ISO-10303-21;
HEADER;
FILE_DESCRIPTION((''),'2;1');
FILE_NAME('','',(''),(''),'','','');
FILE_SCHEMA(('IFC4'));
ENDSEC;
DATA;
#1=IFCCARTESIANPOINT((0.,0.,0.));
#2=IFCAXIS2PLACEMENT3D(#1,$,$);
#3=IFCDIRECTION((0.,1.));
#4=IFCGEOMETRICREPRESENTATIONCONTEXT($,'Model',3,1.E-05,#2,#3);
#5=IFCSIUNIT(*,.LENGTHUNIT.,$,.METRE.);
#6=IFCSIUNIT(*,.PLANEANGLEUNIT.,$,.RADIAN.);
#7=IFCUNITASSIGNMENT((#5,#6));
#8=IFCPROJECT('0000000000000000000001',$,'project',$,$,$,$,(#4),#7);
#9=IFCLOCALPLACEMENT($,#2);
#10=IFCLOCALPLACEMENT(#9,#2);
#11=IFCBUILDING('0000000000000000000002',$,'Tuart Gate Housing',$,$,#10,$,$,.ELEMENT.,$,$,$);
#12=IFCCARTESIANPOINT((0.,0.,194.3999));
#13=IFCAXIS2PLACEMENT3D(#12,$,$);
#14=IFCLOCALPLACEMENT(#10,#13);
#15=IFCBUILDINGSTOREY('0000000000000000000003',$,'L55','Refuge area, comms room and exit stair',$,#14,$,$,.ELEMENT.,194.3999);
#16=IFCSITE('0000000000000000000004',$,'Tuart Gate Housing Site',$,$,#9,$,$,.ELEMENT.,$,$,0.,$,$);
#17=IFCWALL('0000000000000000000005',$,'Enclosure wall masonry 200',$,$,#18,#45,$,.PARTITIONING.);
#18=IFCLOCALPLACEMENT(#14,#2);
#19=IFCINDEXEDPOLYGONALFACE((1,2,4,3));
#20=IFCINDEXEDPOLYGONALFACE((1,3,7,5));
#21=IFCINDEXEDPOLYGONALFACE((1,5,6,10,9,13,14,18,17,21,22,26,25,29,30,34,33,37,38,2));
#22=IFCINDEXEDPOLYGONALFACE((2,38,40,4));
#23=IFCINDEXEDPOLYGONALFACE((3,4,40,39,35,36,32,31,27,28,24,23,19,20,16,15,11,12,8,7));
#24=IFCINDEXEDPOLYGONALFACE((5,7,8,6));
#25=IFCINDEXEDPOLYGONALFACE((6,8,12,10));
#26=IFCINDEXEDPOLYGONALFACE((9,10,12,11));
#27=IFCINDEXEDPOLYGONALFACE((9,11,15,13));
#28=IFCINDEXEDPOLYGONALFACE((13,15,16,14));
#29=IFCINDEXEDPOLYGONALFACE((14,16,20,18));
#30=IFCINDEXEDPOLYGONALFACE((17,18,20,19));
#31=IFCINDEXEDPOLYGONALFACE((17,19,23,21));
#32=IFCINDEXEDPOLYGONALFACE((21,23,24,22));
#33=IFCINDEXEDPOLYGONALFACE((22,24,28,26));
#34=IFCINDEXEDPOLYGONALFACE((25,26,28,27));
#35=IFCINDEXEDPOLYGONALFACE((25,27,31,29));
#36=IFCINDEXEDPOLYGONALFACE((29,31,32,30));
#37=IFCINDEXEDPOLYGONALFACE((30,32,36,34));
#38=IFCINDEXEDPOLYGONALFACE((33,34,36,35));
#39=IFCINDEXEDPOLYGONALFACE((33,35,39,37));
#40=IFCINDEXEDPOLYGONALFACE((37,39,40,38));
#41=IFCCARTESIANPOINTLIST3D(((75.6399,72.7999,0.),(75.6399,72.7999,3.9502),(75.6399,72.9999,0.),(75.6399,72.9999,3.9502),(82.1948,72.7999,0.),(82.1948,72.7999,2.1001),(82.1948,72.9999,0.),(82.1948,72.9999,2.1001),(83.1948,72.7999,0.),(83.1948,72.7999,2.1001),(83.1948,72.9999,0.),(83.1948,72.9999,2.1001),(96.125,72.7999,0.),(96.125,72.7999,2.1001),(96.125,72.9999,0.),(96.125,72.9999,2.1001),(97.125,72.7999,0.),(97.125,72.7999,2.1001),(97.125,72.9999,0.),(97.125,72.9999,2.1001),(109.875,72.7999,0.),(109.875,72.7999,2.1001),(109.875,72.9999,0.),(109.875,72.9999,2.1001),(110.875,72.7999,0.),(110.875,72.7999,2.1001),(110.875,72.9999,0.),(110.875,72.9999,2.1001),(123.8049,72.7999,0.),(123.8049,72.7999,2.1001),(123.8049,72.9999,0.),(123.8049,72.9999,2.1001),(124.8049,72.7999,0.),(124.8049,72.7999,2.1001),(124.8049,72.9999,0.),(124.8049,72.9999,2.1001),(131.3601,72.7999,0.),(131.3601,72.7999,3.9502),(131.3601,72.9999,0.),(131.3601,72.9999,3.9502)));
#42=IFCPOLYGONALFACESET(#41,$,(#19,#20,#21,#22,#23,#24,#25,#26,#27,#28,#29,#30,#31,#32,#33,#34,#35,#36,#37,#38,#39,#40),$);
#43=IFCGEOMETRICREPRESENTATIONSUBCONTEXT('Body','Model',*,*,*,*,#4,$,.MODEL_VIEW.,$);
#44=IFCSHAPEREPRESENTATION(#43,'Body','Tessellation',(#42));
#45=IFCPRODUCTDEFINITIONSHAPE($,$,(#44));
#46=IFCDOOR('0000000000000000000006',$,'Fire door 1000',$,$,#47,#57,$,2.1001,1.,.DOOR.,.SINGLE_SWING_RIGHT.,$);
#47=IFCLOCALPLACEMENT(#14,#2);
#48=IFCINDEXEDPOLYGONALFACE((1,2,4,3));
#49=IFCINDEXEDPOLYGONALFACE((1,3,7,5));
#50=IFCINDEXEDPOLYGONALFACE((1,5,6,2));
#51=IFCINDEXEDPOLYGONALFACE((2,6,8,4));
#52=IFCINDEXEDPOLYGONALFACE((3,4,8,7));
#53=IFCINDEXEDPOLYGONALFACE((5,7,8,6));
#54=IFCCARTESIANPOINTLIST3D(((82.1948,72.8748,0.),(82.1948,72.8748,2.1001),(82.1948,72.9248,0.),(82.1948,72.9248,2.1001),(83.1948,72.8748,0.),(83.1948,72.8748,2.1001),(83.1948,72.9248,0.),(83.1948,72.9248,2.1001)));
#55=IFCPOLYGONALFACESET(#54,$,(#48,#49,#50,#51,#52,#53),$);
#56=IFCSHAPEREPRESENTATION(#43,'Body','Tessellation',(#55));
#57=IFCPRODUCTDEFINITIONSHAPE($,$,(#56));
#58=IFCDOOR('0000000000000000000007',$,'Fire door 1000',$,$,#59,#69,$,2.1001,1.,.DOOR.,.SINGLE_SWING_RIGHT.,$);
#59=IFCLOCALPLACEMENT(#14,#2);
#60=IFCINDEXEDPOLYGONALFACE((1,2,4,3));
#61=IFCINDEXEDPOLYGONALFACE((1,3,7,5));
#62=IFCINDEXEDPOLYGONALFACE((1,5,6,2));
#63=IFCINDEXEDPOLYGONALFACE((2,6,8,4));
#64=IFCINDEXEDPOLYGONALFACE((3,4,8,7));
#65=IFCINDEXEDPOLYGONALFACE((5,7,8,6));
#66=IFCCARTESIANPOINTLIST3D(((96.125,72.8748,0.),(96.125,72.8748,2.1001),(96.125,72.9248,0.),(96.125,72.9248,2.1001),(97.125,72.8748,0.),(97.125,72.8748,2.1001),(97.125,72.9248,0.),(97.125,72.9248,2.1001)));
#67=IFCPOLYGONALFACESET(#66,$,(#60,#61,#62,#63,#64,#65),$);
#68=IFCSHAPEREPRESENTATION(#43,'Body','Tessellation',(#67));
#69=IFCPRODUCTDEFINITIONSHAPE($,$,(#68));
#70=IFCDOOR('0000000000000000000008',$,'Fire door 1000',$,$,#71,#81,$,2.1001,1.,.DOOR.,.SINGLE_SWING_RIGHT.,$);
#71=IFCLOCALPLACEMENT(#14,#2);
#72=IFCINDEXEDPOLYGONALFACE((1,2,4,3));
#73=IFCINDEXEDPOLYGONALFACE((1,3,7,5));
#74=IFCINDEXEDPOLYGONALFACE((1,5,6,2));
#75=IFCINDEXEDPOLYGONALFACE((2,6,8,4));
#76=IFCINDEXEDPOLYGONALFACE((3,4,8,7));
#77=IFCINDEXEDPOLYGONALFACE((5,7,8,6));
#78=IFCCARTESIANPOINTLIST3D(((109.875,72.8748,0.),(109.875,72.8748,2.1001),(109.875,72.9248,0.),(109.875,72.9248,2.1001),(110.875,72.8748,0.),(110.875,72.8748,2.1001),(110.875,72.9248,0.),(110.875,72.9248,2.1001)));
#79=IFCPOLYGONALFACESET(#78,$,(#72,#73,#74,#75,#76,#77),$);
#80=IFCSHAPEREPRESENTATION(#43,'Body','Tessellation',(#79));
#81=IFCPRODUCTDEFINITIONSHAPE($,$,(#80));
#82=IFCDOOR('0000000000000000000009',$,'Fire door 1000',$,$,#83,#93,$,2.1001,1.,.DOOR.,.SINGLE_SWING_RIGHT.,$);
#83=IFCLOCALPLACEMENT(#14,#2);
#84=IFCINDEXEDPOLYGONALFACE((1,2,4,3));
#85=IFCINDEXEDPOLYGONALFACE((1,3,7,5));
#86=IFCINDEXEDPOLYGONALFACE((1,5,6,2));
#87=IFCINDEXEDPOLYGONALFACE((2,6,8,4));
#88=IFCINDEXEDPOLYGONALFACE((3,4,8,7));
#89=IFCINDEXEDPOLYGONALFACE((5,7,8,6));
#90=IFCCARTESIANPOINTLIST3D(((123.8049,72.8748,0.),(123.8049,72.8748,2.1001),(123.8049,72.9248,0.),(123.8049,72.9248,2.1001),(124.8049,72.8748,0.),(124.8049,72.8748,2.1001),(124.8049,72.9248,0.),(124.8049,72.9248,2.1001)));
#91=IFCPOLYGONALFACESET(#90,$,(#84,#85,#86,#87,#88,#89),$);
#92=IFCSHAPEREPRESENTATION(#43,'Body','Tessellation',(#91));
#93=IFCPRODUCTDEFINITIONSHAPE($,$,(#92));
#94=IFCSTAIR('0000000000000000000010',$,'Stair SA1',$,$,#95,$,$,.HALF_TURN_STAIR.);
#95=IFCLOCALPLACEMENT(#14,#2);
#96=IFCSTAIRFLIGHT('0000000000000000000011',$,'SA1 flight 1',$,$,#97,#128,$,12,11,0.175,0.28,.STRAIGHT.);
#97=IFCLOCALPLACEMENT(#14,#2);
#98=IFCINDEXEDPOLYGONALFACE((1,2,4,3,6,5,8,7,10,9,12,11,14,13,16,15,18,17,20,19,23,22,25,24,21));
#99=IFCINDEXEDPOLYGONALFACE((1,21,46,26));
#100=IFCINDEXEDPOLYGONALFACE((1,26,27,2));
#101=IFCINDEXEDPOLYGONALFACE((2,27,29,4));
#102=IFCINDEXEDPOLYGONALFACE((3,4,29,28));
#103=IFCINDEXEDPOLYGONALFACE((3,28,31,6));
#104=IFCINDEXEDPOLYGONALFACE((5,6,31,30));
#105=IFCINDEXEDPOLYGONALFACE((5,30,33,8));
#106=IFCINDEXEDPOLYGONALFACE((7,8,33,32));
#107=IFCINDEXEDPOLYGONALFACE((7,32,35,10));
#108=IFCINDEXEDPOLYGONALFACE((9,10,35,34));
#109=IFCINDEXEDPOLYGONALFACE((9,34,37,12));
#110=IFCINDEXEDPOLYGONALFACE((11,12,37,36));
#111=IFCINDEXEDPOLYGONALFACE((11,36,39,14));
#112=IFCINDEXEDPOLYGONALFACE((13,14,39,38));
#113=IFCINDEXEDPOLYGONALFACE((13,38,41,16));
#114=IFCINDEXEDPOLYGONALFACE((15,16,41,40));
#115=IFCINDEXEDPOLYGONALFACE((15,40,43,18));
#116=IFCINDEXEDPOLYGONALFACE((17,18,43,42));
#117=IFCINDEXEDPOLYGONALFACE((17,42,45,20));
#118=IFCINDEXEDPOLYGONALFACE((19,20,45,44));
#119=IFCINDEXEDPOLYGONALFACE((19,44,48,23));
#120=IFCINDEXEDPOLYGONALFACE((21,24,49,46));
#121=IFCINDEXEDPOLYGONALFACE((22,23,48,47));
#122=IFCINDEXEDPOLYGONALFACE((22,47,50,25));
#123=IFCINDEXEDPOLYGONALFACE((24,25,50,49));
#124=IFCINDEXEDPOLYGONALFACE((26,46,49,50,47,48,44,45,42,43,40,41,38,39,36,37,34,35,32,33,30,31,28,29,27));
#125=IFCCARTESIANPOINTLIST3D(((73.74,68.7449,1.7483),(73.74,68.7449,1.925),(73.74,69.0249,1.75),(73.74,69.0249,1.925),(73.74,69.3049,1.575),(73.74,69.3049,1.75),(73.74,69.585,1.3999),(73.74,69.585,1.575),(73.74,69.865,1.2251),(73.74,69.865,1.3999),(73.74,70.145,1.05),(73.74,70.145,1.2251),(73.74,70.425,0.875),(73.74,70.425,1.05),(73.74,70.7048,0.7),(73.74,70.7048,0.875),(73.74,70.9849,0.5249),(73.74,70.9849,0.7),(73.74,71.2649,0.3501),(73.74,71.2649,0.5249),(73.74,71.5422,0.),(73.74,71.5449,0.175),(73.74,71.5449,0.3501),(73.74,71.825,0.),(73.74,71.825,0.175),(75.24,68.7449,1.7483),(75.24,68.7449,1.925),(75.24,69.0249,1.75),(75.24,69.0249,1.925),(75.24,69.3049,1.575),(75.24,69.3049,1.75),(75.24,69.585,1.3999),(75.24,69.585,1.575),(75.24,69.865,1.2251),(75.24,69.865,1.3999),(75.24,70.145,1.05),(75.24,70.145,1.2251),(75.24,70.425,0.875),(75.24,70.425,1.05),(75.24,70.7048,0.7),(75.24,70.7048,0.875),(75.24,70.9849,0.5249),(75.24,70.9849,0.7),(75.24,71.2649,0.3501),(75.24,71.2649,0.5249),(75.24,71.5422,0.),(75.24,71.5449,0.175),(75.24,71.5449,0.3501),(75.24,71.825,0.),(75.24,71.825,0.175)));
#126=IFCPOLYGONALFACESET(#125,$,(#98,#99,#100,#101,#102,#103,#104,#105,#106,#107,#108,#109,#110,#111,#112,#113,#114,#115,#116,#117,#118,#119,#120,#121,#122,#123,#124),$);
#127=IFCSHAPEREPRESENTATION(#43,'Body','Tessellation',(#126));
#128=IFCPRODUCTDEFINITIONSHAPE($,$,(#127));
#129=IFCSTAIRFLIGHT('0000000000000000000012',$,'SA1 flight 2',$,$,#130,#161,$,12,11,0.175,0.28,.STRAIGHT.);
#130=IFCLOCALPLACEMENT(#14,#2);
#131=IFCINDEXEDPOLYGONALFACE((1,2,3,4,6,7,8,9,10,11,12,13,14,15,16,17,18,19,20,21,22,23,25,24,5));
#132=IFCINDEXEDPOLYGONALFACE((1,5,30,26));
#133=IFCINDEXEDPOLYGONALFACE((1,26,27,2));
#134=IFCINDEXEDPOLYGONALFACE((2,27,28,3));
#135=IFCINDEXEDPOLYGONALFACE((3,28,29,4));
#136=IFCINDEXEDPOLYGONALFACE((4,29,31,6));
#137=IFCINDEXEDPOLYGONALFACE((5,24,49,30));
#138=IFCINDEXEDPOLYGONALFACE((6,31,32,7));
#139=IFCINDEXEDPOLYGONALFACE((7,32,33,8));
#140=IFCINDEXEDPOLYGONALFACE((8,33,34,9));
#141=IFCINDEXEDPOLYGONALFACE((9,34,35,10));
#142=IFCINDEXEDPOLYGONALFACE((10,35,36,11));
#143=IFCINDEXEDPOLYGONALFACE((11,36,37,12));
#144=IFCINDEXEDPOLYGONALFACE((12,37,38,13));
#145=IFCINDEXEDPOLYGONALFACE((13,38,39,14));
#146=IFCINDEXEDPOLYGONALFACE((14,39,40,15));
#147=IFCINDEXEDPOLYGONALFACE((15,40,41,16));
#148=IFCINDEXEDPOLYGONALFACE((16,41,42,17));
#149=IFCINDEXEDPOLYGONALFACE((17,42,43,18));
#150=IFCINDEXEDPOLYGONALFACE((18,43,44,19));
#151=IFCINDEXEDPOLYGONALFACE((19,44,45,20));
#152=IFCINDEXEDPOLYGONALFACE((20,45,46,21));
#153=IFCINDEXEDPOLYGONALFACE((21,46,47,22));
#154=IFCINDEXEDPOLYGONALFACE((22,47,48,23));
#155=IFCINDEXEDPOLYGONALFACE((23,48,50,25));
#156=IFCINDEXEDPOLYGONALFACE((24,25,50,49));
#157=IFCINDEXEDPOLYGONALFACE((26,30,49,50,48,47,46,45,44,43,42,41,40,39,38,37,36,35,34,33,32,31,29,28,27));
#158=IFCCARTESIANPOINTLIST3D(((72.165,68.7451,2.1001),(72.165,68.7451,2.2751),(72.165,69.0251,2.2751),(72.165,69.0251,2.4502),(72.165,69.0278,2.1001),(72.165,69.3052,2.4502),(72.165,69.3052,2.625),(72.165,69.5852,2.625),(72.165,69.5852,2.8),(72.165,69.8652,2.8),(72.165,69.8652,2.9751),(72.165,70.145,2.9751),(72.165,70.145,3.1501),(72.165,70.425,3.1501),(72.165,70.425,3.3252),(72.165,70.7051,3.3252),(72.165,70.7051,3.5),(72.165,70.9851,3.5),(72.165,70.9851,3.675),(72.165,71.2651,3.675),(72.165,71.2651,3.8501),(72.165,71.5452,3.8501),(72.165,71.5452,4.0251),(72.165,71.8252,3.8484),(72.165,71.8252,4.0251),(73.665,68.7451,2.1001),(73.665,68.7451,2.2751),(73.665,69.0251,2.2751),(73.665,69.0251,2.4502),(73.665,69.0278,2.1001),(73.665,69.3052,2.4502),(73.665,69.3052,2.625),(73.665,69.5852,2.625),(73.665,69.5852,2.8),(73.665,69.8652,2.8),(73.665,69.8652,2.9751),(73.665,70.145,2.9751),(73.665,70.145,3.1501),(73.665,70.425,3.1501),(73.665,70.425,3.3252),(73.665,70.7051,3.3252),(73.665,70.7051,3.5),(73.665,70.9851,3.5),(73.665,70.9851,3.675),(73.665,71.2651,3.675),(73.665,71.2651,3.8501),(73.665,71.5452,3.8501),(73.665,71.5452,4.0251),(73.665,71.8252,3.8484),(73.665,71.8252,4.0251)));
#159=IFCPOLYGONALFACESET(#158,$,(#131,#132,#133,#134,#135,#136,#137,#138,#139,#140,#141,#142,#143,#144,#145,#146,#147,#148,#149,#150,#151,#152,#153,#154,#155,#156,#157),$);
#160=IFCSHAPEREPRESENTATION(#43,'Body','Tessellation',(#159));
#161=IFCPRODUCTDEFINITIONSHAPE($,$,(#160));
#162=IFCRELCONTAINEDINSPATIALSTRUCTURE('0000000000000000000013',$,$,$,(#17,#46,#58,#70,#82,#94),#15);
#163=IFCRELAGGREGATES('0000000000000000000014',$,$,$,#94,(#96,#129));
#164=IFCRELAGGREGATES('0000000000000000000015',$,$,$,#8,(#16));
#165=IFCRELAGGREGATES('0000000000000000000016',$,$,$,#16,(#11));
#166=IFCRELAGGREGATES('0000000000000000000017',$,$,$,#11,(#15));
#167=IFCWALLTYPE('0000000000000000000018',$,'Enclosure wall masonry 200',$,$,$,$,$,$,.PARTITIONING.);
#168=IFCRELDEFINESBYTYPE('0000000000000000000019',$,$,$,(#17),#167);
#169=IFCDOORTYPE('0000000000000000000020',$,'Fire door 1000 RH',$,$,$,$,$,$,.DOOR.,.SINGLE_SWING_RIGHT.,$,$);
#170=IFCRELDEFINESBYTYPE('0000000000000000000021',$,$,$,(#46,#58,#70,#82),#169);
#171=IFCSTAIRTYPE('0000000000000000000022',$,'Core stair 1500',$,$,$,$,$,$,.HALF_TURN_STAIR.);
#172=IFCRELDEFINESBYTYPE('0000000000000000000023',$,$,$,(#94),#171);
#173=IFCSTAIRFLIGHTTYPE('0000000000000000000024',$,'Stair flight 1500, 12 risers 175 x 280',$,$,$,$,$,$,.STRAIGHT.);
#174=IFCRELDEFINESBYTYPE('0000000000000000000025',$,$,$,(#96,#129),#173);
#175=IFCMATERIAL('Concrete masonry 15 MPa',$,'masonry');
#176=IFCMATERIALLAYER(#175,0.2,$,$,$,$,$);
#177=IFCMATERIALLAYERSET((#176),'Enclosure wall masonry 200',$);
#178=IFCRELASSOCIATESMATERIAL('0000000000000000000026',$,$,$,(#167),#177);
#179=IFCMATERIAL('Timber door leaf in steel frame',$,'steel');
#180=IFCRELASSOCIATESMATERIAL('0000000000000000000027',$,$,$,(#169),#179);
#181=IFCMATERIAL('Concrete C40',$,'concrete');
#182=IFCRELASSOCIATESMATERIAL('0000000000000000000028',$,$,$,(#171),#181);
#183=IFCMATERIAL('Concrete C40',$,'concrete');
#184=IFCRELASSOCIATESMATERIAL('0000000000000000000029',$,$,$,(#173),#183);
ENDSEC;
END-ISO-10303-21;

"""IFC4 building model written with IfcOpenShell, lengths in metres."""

from ifc_helpers import new_model, si_unit, direction, frame, frame_2d, origin, place, context, subcontext, project, spatial, polyline, rectangle, outline, extrude, material, layer, layer_set, type_object, element, fill, aggregate, save


model = new_model("IFC4")

# Units and contexts
model_context = context("Model", 3, precision=1e-05, world=origin(), true_north=direction((0.0, 1.0)))
body_context = subcontext(model_context, "Body", "Model", "MODEL_VIEW")
ifc_project = project(units=[si_unit("LENGTHUNIT", "METRE"), si_unit("PLANEANGLEUNIT", "RADIAN")], contexts=[model_context])

# Site, building, storey
site_placement = place(None, origin())
site = spatial("IfcSite", under=ifc_project, at=site_placement, Name="Tuart Gate Housing Site", CompositionType="ELEMENT", RefElevation=0.0)
building_placement = place(site_placement, origin())
building = spatial("IfcBuilding", under=site, at=building_placement, Name="Tuart Gate Housing", CompositionType="ELEMENT")
storey_placement = place(building_placement, frame((0.0, 0.0, 194.3999)))
storey = spatial("IfcBuildingStorey", under=building, at=storey_placement, Name="L55", Description="Refuge area, comms room and exit stair", CompositionType="ELEMENT", Elevation=194.3999)

# Wall, openings, doors
ifc_material_1 = material(Name="Concrete masonry 15 MPa", Category="masonry")
ifc_layer_1 = layer(ifc_material_1, 0.2)
ifc_layer_set_1 = layer_set([ifc_layer_1], Name="Enclosure wall masonry 200")
wall_type_1 = type_object("IfcWallType", Name="Enclosure wall masonry 200", PredefinedType="PARTITIONING", material=ifc_layer_set_1)
wall_1_placement = place(storey_placement, frame((75.6399, 72.8999, 0.0), z_axis=(0.0, 0.0, 1.0), x_axis=(1.0, 0.0, 0.0)))
wall_1 = element("IfcWall", 1, at=wall_1_placement, inside=storey, type_object=wall_type_1, Name="Enclosure wall masonry 200", PredefinedType="PARTITIONING", context=body_context, shape_type="SweptSolid", body=[
    extrude(rectangle(XDim=55.7202, YDim=0.2, at=frame_2d((27.8601, 0.0))), origin(), (0.0, 0.0, 1.0), 3.9502),
])
opening_1_placement = place(wall_1_placement, frame((6.5549, 0.0, 0.0)))
opening_1 = element("IfcOpeningElement", 2, at=opening_1_placement, cuts=wall_1, PredefinedType="OPENING", context=body_context, shape_type="SweptSolid", body=[
    extrude(rectangle(XDim=1.0, YDim=2.1001, at=frame_2d((0.5, 1.05))), frame((0.0, 0.1099, 0.0), z_axis=(0.0, -1.0, 0.0), x_axis=(1.0, 0.0, 0.0)), (0.0, 0.0, 1.0), 0.22),
])
opening_2_placement = place(wall_1_placement, frame((20.4851, 0.0, 0.0)))
opening_2 = element("IfcOpeningElement", 3, at=opening_2_placement, cuts=wall_1, PredefinedType="OPENING", context=body_context, shape_type="SweptSolid", body=[
    extrude(rectangle(XDim=1.0, YDim=2.1001, at=frame_2d((0.5, 1.05))), frame((0.0, 0.1099, 0.0), z_axis=(0.0, -1.0, 0.0), x_axis=(1.0, 0.0, 0.0)), (0.0, 0.0, 1.0), 0.22),
])
opening_3_placement = place(wall_1_placement, frame((34.2351, 0.0, 0.0)))
opening_3 = element("IfcOpeningElement", 4, at=opening_3_placement, cuts=wall_1, PredefinedType="OPENING", context=body_context, shape_type="SweptSolid", body=[
    extrude(rectangle(XDim=1.0, YDim=2.1001, at=frame_2d((0.5, 1.05))), frame((0.0, 0.1099, 0.0), z_axis=(0.0, -1.0, 0.0), x_axis=(1.0, 0.0, 0.0)), (0.0, 0.0, 1.0), 0.22),
])
opening_4_placement = place(wall_1_placement, frame((48.165, 0.0, 0.0)))
opening_4 = element("IfcOpeningElement", 5, at=opening_4_placement, cuts=wall_1, PredefinedType="OPENING", context=body_context, shape_type="SweptSolid", body=[
    extrude(rectangle(XDim=1.0, YDim=2.1001, at=frame_2d((0.5, 1.05))), frame((0.0, 0.1099, 0.0), z_axis=(0.0, -1.0, 0.0), x_axis=(1.0, 0.0, 0.0)), (0.0, 0.0, 1.0), 0.22),
])
ifc_material_2 = material(Name="Timber door leaf in steel frame", Category="steel")
door_type_1 = type_object("IfcDoorType", Name="Fire door 1000 RH", OperationType="SINGLE_SWING_RIGHT", PredefinedType="DOOR", material=ifc_material_2)
door_1_placement = place(opening_1_placement, frame((1.0, 0.0, 0.0), z_axis=(0.0, 0.0, 1.0), x_axis=(-1.0, 0.0, 0.0)))
door_1 = element("IfcDoor", 6, at=door_1_placement, inside=storey, type_object=door_type_1, Name="Fire door 1000", OperationType="SINGLE_SWING_RIGHT", OverallHeight=2.1001, OverallWidth=1.0, PredefinedType="DOOR", context=body_context, shape_type="SweptSolid", body=[
    extrude(rectangle(XDim=1.0, YDim=2.1001, at=frame_2d((0.5, 1.05))), frame((0.0, 0.0251, 0.0), z_axis=(0.0, -1.0, 0.0), x_axis=(1.0, 0.0, 0.0)), (0.0, 0.0, 1.0), 0.05),
])
fill(opening_1, door_1)
door_2_placement = place(opening_2_placement, frame((1.0, 0.0, 0.0), z_axis=(0.0, 0.0, 1.0), x_axis=(-1.0, 0.0, 0.0)))
door_2 = element("IfcDoor", 7, at=door_2_placement, inside=storey, type_object=door_type_1, Name="Fire door 1000", OperationType="SINGLE_SWING_RIGHT", OverallHeight=2.1001, OverallWidth=1.0, PredefinedType="DOOR", context=body_context, shape_type="SweptSolid", body=[
    extrude(rectangle(XDim=1.0, YDim=2.1001, at=frame_2d((0.5, 1.05))), frame((0.0, 0.0251, 0.0), z_axis=(0.0, -1.0, 0.0), x_axis=(1.0, 0.0, 0.0)), (0.0, 0.0, 1.0), 0.05),
])
fill(opening_2, door_2)
door_3_placement = place(opening_3_placement, frame((1.0, 0.0, 0.0), z_axis=(0.0, 0.0, 1.0), x_axis=(-1.0, 0.0, 0.0)))
door_3 = element("IfcDoor", 8, at=door_3_placement, inside=storey, type_object=door_type_1, Name="Fire door 1000", OperationType="SINGLE_SWING_RIGHT", OverallHeight=2.1001, OverallWidth=1.0, PredefinedType="DOOR", context=body_context, shape_type="SweptSolid", body=[
    extrude(rectangle(XDim=1.0, YDim=2.1001, at=frame_2d((0.5, 1.05))), frame((0.0, 0.0251, 0.0), z_axis=(0.0, -1.0, 0.0), x_axis=(1.0, 0.0, 0.0)), (0.0, 0.0, 1.0), 0.05),
])
fill(opening_3, door_3)
door_4_placement = place(opening_4_placement, frame((1.0, 0.0, 0.0), z_axis=(0.0, 0.0, 1.0), x_axis=(-1.0, 0.0, 0.0)))
door_4 = element("IfcDoor", 9, at=door_4_placement, inside=storey, type_object=door_type_1, Name="Fire door 1000", OperationType="SINGLE_SWING_RIGHT", OverallHeight=2.1001, OverallWidth=1.0, PredefinedType="DOOR", context=body_context, shape_type="SweptSolid", body=[
    extrude(rectangle(XDim=1.0, YDim=2.1001, at=frame_2d((0.5, 1.05))), frame((0.0, 0.0251, 0.0), z_axis=(0.0, -1.0, 0.0), x_axis=(1.0, 0.0, 0.0)), (0.0, 0.0, 1.0), 0.05),
])
fill(opening_4, door_4)

# Stair, stair flights
ifc_material_3 = material(Name="Concrete C40", Category="concrete")
stair_type = type_object("IfcStairType", Name="Core stair 1500", PredefinedType="HALF_TURN_STAIR", material=ifc_material_3)
stair_placement = place(storey_placement, origin())
stair = element("IfcStair", 10, at=stair_placement, inside=storey, type_object=stair_type, Name="Stair SA1", PredefinedType="HALF_TURN_STAIR")
ifc_material_4 = material(Name="Concrete C40", Category="concrete")
stair_flight_type = type_object("IfcStairFlightType", Name="Stair flight 1500, 12 risers 175 x 280", PredefinedType="STRAIGHT", material=ifc_material_4)
stair_flight_1_placement = place(storey_placement, frame((74.49, 71.825, 0.0), z_axis=(0.0, 0.0, 1.0), x_axis=(0.0, -1.0, 0.0)))
stair_flight_1 = element("IfcStairFlight", 11, at=stair_flight_1_placement, type_object=stair_flight_type, Name="SA1 flight 1", NumberOfRisers=12, NumberOfTreads=11, PredefinedType="STRAIGHT", RiserHeight=0.175, TreadLength=0.28, context=body_context, shape_type="SweptSolid", body=[
    extrude(outline(polyline([(0.0, 0.0), (0.0, 0.175), (0.28, 0.175), (0.28, 0.3501), (0.5601, 0.3501), (0.5601, 0.5249), (0.8401, 0.5249), (0.8401, 0.7), (1.1201, 0.7), (1.1201, 0.875), (1.3999, 0.875), (1.3999, 1.05), (1.6799, 1.05), (1.6799, 1.2251), (1.96, 1.2251), (1.96, 1.3999), (2.24, 1.3999), (2.24, 1.575), (2.52, 1.575), (2.52, 1.75), (2.8, 1.75), (2.8, 1.925), (3.0801, 1.925), (3.0801, 2.1001), (3.0801, 1.7483), (0.2827, 0.0), (0.0, 0.0)])), frame((0.0, 0.75, 0.0), z_axis=(0.0, -1.0, 0.0), x_axis=(1.0, 0.0, 0.0)), (0.0, 0.0, 1.0), 1.5),
])
stair_flight_2_placement = place(storey_placement, frame((72.915, 68.7451, 2.1001), z_axis=(0.0, 0.0, 1.0), x_axis=(0.0, 1.0, 0.0)))
stair_flight_2 = element("IfcStairFlight", 12, at=stair_flight_2_placement, type_object=stair_flight_type, Name="SA1 flight 2", NumberOfRisers=12, NumberOfTreads=11, PredefinedType="STRAIGHT", RiserHeight=0.175, TreadLength=0.28, context=body_context, shape_type="SweptSolid", body=[
    extrude(outline(polyline([(0.0, 0.0), (0.0, 0.175), (0.28, 0.175), (0.28, 0.3501), (0.5601, 0.3501), (0.5601, 0.5249), (0.8401, 0.5249), (0.8401, 0.7), (1.1201, 0.7), (1.1201, 0.875), (1.3999, 0.875), (1.3999, 1.05), (1.6799, 1.05), (1.6799, 1.2251), (1.96, 1.2251), (1.96, 1.3999), (2.24, 1.3999), (2.24, 1.575), (2.52, 1.575), (2.52, 1.75), (2.8, 1.75), (2.8, 1.925), (3.0801, 1.925), (3.0801, 2.1001), (3.0801, 1.7483), (0.2827, 0.0), (0.0, 0.0)])), frame((0.0, 0.75, 0.0), z_axis=(0.0, -1.0, 0.0), x_axis=(1.0, 0.0, 0.0)), (0.0, 0.0, 1.0), 1.5),
])
aggregate(stair, [stair_flight_1, stair_flight_2])

save(model, "model.ifc")
